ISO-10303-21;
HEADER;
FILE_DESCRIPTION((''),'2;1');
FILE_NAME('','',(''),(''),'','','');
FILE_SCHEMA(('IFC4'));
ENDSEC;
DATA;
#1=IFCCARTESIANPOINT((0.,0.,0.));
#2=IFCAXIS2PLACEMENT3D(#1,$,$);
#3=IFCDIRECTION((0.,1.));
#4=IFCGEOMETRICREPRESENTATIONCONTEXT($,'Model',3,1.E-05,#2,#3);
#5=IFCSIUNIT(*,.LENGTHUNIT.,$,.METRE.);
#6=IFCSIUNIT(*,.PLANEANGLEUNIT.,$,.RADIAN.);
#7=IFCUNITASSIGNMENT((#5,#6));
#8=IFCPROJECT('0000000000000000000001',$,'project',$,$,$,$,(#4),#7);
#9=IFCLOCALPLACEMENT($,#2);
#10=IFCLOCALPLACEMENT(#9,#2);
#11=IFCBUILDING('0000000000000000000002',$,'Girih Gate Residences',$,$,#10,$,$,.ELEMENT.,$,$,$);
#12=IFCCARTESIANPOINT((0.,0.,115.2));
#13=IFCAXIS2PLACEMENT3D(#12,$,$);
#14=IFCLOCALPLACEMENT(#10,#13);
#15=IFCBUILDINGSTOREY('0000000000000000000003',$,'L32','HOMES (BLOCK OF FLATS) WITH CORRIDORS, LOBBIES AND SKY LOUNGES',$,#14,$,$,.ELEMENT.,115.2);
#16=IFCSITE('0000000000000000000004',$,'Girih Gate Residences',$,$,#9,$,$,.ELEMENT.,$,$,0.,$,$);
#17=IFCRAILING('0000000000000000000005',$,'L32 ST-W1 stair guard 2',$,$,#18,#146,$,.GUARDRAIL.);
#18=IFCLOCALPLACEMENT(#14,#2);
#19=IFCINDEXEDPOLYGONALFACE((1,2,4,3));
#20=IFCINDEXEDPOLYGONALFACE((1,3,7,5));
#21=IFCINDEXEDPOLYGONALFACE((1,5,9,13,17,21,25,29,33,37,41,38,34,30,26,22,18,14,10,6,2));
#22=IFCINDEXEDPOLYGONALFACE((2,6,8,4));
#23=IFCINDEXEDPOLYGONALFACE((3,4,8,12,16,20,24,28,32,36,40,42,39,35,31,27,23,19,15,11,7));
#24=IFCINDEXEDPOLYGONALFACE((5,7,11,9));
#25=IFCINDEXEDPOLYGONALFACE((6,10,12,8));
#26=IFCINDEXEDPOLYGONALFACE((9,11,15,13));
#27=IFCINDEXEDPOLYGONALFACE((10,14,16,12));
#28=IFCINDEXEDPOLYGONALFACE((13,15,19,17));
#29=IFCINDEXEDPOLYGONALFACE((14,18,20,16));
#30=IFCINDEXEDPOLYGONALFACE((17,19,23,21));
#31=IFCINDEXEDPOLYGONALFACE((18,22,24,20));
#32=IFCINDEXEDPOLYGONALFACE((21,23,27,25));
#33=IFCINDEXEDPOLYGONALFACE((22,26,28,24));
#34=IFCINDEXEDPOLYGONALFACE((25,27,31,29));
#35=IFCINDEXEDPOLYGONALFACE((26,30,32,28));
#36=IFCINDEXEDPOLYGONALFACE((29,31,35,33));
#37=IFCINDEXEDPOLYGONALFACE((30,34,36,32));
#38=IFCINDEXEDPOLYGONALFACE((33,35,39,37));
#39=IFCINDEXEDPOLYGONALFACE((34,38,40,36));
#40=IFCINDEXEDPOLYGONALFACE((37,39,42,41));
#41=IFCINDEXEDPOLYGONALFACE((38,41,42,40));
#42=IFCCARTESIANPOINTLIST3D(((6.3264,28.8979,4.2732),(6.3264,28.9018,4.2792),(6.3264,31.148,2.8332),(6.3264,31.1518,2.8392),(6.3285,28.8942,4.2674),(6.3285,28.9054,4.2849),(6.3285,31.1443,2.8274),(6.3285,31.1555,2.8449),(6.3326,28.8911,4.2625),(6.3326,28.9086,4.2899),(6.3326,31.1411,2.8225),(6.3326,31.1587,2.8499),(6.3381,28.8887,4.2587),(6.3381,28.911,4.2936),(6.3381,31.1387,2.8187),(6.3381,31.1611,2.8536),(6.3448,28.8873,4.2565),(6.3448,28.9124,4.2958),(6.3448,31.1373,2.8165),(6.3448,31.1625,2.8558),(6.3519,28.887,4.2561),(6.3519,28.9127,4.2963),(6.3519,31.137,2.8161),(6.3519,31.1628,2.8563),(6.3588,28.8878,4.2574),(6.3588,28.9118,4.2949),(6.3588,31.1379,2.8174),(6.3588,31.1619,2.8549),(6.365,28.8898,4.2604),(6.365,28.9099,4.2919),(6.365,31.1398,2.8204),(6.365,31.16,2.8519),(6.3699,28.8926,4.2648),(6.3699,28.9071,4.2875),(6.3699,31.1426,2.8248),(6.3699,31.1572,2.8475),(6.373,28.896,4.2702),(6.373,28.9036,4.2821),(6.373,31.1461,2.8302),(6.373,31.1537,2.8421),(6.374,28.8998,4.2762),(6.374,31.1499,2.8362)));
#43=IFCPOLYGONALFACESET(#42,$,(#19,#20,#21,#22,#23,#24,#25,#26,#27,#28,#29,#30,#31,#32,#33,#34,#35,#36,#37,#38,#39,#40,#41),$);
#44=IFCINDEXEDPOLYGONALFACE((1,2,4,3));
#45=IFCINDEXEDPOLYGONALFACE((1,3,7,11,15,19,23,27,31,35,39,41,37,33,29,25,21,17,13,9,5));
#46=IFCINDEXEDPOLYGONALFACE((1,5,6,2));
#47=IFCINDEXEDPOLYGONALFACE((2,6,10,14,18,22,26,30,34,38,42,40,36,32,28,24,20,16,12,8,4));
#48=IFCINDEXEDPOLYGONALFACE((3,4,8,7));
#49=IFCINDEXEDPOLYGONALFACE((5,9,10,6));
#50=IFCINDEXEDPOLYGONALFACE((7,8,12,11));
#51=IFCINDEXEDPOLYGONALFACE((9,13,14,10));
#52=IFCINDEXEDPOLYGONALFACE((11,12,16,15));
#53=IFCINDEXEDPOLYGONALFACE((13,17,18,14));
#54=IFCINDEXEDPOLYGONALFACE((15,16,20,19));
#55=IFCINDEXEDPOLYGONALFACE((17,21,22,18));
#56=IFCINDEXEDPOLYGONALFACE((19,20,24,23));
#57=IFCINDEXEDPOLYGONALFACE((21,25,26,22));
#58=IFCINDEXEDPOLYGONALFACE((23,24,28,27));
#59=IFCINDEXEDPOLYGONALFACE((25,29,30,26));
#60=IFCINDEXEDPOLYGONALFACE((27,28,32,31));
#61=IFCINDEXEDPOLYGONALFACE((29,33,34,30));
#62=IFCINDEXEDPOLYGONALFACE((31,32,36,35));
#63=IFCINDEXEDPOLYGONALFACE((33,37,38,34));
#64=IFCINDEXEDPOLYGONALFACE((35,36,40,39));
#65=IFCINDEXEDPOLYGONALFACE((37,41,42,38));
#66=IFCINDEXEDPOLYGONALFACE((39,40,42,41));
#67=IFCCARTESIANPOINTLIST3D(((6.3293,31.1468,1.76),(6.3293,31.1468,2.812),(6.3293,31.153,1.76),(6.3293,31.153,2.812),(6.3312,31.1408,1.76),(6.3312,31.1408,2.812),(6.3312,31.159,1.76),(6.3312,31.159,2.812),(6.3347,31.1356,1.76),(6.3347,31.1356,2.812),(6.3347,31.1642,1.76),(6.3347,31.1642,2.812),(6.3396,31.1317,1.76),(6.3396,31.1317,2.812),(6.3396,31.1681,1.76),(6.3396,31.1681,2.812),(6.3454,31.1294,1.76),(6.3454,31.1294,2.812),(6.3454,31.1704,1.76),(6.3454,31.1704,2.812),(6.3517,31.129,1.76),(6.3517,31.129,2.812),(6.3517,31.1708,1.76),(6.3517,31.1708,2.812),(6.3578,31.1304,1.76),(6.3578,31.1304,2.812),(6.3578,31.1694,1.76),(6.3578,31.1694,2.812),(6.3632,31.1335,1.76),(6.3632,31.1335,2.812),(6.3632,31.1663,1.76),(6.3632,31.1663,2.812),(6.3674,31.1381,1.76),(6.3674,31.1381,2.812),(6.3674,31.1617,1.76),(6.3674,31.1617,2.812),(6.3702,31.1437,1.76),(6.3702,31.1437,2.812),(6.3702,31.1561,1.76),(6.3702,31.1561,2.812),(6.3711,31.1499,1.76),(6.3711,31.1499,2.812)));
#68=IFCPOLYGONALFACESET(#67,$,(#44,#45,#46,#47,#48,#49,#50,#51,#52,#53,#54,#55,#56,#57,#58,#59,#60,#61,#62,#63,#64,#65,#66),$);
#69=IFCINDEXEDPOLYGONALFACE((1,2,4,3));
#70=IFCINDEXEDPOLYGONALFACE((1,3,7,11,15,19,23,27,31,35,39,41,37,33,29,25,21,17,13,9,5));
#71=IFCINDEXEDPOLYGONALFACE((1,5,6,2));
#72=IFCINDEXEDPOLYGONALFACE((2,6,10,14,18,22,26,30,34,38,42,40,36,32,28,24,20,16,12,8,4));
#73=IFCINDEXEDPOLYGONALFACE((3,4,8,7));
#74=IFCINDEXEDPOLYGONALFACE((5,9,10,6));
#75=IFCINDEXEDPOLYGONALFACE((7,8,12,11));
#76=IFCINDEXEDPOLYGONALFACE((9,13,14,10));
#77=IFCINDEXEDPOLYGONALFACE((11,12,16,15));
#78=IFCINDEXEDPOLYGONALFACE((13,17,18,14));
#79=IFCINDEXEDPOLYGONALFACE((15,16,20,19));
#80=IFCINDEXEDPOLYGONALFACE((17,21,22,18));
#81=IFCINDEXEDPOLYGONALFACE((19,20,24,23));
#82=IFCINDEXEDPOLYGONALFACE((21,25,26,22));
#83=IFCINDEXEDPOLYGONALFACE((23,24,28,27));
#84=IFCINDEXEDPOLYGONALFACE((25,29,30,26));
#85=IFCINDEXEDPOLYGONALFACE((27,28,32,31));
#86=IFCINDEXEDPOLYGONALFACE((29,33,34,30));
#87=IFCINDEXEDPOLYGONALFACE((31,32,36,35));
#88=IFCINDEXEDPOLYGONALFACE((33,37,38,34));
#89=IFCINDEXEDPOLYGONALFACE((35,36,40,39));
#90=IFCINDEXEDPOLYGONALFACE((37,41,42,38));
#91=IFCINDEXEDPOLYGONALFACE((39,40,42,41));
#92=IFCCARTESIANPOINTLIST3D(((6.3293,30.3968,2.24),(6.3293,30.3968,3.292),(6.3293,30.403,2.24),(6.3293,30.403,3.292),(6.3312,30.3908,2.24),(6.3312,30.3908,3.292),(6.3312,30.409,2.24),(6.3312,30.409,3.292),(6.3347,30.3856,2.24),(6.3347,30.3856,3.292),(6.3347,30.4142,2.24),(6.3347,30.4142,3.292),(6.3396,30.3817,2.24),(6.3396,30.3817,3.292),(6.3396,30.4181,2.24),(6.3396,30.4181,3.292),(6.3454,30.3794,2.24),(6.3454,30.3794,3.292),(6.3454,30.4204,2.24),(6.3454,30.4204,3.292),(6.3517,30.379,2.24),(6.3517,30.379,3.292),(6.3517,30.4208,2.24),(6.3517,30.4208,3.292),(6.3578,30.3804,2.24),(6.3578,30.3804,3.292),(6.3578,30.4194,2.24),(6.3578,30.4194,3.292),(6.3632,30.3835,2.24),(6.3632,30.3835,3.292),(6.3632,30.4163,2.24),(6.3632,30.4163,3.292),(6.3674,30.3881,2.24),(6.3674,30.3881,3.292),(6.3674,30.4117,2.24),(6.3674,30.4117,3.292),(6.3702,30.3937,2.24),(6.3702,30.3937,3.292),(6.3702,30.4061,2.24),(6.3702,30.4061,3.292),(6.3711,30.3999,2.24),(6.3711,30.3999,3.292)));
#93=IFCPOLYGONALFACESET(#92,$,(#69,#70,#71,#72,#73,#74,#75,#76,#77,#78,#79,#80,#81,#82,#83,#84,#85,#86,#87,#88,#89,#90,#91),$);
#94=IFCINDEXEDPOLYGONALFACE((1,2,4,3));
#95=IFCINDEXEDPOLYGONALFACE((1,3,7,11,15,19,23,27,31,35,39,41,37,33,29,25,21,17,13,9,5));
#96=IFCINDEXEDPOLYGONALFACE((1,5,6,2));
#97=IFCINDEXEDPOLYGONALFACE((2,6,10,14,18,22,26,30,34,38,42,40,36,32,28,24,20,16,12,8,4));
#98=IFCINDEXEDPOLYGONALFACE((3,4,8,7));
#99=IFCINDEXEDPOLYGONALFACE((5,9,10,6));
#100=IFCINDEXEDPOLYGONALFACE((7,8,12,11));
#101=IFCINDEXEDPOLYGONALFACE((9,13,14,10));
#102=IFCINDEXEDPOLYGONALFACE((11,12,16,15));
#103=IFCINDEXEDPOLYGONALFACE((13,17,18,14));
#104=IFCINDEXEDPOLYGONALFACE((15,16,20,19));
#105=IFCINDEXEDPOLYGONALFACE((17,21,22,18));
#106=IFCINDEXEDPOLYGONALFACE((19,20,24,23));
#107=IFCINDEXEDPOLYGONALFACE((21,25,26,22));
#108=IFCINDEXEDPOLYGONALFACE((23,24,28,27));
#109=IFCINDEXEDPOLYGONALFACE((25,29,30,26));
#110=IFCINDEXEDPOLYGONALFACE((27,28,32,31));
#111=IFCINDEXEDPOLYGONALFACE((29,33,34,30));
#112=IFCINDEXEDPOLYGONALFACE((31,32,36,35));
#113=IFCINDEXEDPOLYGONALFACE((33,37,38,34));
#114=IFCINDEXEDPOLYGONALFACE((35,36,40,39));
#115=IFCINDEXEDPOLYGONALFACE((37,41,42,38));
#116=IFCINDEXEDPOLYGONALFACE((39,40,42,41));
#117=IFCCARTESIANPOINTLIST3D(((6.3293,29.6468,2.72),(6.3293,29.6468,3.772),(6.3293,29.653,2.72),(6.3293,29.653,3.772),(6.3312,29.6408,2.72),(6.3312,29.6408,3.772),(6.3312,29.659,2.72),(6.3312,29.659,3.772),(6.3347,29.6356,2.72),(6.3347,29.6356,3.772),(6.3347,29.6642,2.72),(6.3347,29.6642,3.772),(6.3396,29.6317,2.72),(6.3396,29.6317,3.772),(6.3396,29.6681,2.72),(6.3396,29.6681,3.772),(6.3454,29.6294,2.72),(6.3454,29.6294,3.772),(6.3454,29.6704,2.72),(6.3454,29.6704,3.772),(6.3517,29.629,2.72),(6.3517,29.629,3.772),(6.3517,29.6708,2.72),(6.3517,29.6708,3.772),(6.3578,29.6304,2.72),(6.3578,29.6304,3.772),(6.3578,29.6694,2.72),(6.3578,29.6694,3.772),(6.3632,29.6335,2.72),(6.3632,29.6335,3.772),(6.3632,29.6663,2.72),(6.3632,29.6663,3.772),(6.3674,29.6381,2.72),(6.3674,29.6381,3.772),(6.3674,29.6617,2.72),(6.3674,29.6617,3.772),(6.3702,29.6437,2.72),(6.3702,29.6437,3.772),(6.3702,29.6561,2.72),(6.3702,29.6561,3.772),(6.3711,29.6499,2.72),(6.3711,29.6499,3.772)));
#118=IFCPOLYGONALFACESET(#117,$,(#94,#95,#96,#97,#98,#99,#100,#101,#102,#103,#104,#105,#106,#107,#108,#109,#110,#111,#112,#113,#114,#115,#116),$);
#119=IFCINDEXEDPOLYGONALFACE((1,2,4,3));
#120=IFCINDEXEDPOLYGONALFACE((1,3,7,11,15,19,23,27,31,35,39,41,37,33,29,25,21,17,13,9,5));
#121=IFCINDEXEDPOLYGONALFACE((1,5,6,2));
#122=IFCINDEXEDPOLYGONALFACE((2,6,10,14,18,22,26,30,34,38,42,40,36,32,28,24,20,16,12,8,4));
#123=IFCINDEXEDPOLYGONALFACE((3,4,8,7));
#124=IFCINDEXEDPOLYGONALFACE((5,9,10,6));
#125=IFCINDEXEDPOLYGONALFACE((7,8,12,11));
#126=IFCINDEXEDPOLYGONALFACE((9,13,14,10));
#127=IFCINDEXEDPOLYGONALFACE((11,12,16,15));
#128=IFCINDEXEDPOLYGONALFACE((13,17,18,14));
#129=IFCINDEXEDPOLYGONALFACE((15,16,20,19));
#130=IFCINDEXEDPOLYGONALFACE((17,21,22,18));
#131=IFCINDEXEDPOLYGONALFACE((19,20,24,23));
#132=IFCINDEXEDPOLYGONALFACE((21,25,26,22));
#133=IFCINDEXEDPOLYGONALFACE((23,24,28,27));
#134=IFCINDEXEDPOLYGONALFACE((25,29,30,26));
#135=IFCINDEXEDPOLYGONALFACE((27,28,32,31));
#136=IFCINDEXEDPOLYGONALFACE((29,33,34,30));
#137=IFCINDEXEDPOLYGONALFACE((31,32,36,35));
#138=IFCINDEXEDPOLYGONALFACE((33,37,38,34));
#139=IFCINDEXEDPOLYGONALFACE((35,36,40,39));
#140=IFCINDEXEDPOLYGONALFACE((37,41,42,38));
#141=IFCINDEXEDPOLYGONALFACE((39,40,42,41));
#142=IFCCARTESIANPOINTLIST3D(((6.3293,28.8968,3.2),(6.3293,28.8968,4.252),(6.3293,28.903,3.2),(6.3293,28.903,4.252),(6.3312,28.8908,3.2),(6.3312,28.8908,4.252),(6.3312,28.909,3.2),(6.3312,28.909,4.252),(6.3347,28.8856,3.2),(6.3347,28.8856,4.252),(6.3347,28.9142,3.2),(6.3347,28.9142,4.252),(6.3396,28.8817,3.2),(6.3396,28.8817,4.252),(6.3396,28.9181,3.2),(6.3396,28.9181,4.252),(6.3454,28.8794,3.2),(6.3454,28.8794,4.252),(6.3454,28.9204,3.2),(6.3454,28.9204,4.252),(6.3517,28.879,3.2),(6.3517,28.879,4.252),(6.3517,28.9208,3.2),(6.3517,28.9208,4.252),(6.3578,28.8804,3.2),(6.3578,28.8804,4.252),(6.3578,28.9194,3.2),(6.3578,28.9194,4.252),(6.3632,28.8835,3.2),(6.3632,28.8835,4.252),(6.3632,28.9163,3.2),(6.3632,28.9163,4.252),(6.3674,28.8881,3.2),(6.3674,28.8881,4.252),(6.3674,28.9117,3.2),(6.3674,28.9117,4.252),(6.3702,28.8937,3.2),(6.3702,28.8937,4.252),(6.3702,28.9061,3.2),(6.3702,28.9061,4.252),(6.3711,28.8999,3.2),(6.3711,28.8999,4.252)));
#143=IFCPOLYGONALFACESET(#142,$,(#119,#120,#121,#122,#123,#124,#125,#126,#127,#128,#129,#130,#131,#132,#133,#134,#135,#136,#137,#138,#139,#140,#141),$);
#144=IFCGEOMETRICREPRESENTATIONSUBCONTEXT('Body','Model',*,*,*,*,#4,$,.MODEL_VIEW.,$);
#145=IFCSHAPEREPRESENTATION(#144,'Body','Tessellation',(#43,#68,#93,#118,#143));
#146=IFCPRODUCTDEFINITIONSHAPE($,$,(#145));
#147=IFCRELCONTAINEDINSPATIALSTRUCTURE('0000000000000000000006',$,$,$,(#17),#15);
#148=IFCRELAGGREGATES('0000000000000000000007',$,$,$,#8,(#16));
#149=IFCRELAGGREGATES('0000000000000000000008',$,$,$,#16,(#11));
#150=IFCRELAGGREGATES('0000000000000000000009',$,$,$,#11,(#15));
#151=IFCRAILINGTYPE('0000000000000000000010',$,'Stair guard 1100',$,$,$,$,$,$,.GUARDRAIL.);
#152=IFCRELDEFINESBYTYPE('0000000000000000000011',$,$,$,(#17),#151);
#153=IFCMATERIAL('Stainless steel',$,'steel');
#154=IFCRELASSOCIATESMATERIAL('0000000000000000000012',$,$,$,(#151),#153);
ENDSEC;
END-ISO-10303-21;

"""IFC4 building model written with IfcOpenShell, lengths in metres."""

from ifc_helpers import new_model, si_unit, direction, frame, origin, origin_2d, place, context, subcontext, project, spatial, circle, extrude, material, type_object, element, save


model = new_model("IFC4")

# Units and contexts
model_context = context("Model", 3, precision=1e-05, world=origin(), true_north=direction((0.0, 1.0)))
body_context = subcontext(model_context, "Body", "Model", "MODEL_VIEW")
ifc_project = project(units=[si_unit("LENGTHUNIT", "METRE"), si_unit("PLANEANGLEUNIT", "RADIAN")], contexts=[model_context])

# Site, building, storey
site_placement = place(None, origin())
site = spatial("IfcSite", under=ifc_project, at=site_placement, Name="Girih Gate Residences", CompositionType="ELEMENT", RefElevation=0.0)
building_placement = place(site_placement, origin())
building = spatial("IfcBuilding", under=site, at=building_placement, Name="Girih Gate Residences", CompositionType="ELEMENT")
storey_placement = place(building_placement, frame((0.0, 0.0, 115.2)))
storey = spatial("IfcBuildingStorey", under=building, at=storey_placement, Name="L32", Description="HOMES (BLOCK OF FLATS) WITH CORRIDORS, LOBBIES AND SKY LOUNGES", CompositionType="ELEMENT", Elevation=115.2)

# Shared definitions
ifc_material_1 = material(Name="Stainless steel", Category="steel")

# Railing
railing_type = type_object("IfcRailingType", Name="Stair guard 1100", PredefinedType="GUARDRAIL", material=ifc_material_1)
railing_placement = place(storey_placement, frame((6.3501, 31.1499, 1.76)))
element("IfcRailing", 1, at=railing_placement, inside=storey, type_object=railing_type, Name="L32 ST-W1 stair guard 2", PredefinedType="GUARDRAIL", context=body_context, shape_type="SweptSolid", body=[
    extrude(circle(Radius=0.0239, at=origin_2d()), frame((0.0, 0.0, 1.0762), z_axis=(0.0, -0.842281, 0.539038), x_axis=(1.0, 0.0, 0.0)), (0.0, 0.0, 1.0), 2.6714),
    extrude(circle(Radius=0.021, at=origin_2d()), origin(), (0.0, 0.0, 1.0), 1.052),
    extrude(circle(Radius=0.021, at=origin_2d()), frame((0.0, -0.75, 0.48)), (0.0, 0.0, 1.0), 1.052),
    extrude(circle(Radius=0.021, at=origin_2d()), frame((0.0, -1.5, 0.96)), (0.0, 0.0, 1.0), 1.052),
    extrude(circle(Radius=0.021, at=origin_2d()), frame((0.0, -2.25, 1.4399)), (0.0, 0.0, 1.0), 1.052),
])

save(model, "model.ifc")
